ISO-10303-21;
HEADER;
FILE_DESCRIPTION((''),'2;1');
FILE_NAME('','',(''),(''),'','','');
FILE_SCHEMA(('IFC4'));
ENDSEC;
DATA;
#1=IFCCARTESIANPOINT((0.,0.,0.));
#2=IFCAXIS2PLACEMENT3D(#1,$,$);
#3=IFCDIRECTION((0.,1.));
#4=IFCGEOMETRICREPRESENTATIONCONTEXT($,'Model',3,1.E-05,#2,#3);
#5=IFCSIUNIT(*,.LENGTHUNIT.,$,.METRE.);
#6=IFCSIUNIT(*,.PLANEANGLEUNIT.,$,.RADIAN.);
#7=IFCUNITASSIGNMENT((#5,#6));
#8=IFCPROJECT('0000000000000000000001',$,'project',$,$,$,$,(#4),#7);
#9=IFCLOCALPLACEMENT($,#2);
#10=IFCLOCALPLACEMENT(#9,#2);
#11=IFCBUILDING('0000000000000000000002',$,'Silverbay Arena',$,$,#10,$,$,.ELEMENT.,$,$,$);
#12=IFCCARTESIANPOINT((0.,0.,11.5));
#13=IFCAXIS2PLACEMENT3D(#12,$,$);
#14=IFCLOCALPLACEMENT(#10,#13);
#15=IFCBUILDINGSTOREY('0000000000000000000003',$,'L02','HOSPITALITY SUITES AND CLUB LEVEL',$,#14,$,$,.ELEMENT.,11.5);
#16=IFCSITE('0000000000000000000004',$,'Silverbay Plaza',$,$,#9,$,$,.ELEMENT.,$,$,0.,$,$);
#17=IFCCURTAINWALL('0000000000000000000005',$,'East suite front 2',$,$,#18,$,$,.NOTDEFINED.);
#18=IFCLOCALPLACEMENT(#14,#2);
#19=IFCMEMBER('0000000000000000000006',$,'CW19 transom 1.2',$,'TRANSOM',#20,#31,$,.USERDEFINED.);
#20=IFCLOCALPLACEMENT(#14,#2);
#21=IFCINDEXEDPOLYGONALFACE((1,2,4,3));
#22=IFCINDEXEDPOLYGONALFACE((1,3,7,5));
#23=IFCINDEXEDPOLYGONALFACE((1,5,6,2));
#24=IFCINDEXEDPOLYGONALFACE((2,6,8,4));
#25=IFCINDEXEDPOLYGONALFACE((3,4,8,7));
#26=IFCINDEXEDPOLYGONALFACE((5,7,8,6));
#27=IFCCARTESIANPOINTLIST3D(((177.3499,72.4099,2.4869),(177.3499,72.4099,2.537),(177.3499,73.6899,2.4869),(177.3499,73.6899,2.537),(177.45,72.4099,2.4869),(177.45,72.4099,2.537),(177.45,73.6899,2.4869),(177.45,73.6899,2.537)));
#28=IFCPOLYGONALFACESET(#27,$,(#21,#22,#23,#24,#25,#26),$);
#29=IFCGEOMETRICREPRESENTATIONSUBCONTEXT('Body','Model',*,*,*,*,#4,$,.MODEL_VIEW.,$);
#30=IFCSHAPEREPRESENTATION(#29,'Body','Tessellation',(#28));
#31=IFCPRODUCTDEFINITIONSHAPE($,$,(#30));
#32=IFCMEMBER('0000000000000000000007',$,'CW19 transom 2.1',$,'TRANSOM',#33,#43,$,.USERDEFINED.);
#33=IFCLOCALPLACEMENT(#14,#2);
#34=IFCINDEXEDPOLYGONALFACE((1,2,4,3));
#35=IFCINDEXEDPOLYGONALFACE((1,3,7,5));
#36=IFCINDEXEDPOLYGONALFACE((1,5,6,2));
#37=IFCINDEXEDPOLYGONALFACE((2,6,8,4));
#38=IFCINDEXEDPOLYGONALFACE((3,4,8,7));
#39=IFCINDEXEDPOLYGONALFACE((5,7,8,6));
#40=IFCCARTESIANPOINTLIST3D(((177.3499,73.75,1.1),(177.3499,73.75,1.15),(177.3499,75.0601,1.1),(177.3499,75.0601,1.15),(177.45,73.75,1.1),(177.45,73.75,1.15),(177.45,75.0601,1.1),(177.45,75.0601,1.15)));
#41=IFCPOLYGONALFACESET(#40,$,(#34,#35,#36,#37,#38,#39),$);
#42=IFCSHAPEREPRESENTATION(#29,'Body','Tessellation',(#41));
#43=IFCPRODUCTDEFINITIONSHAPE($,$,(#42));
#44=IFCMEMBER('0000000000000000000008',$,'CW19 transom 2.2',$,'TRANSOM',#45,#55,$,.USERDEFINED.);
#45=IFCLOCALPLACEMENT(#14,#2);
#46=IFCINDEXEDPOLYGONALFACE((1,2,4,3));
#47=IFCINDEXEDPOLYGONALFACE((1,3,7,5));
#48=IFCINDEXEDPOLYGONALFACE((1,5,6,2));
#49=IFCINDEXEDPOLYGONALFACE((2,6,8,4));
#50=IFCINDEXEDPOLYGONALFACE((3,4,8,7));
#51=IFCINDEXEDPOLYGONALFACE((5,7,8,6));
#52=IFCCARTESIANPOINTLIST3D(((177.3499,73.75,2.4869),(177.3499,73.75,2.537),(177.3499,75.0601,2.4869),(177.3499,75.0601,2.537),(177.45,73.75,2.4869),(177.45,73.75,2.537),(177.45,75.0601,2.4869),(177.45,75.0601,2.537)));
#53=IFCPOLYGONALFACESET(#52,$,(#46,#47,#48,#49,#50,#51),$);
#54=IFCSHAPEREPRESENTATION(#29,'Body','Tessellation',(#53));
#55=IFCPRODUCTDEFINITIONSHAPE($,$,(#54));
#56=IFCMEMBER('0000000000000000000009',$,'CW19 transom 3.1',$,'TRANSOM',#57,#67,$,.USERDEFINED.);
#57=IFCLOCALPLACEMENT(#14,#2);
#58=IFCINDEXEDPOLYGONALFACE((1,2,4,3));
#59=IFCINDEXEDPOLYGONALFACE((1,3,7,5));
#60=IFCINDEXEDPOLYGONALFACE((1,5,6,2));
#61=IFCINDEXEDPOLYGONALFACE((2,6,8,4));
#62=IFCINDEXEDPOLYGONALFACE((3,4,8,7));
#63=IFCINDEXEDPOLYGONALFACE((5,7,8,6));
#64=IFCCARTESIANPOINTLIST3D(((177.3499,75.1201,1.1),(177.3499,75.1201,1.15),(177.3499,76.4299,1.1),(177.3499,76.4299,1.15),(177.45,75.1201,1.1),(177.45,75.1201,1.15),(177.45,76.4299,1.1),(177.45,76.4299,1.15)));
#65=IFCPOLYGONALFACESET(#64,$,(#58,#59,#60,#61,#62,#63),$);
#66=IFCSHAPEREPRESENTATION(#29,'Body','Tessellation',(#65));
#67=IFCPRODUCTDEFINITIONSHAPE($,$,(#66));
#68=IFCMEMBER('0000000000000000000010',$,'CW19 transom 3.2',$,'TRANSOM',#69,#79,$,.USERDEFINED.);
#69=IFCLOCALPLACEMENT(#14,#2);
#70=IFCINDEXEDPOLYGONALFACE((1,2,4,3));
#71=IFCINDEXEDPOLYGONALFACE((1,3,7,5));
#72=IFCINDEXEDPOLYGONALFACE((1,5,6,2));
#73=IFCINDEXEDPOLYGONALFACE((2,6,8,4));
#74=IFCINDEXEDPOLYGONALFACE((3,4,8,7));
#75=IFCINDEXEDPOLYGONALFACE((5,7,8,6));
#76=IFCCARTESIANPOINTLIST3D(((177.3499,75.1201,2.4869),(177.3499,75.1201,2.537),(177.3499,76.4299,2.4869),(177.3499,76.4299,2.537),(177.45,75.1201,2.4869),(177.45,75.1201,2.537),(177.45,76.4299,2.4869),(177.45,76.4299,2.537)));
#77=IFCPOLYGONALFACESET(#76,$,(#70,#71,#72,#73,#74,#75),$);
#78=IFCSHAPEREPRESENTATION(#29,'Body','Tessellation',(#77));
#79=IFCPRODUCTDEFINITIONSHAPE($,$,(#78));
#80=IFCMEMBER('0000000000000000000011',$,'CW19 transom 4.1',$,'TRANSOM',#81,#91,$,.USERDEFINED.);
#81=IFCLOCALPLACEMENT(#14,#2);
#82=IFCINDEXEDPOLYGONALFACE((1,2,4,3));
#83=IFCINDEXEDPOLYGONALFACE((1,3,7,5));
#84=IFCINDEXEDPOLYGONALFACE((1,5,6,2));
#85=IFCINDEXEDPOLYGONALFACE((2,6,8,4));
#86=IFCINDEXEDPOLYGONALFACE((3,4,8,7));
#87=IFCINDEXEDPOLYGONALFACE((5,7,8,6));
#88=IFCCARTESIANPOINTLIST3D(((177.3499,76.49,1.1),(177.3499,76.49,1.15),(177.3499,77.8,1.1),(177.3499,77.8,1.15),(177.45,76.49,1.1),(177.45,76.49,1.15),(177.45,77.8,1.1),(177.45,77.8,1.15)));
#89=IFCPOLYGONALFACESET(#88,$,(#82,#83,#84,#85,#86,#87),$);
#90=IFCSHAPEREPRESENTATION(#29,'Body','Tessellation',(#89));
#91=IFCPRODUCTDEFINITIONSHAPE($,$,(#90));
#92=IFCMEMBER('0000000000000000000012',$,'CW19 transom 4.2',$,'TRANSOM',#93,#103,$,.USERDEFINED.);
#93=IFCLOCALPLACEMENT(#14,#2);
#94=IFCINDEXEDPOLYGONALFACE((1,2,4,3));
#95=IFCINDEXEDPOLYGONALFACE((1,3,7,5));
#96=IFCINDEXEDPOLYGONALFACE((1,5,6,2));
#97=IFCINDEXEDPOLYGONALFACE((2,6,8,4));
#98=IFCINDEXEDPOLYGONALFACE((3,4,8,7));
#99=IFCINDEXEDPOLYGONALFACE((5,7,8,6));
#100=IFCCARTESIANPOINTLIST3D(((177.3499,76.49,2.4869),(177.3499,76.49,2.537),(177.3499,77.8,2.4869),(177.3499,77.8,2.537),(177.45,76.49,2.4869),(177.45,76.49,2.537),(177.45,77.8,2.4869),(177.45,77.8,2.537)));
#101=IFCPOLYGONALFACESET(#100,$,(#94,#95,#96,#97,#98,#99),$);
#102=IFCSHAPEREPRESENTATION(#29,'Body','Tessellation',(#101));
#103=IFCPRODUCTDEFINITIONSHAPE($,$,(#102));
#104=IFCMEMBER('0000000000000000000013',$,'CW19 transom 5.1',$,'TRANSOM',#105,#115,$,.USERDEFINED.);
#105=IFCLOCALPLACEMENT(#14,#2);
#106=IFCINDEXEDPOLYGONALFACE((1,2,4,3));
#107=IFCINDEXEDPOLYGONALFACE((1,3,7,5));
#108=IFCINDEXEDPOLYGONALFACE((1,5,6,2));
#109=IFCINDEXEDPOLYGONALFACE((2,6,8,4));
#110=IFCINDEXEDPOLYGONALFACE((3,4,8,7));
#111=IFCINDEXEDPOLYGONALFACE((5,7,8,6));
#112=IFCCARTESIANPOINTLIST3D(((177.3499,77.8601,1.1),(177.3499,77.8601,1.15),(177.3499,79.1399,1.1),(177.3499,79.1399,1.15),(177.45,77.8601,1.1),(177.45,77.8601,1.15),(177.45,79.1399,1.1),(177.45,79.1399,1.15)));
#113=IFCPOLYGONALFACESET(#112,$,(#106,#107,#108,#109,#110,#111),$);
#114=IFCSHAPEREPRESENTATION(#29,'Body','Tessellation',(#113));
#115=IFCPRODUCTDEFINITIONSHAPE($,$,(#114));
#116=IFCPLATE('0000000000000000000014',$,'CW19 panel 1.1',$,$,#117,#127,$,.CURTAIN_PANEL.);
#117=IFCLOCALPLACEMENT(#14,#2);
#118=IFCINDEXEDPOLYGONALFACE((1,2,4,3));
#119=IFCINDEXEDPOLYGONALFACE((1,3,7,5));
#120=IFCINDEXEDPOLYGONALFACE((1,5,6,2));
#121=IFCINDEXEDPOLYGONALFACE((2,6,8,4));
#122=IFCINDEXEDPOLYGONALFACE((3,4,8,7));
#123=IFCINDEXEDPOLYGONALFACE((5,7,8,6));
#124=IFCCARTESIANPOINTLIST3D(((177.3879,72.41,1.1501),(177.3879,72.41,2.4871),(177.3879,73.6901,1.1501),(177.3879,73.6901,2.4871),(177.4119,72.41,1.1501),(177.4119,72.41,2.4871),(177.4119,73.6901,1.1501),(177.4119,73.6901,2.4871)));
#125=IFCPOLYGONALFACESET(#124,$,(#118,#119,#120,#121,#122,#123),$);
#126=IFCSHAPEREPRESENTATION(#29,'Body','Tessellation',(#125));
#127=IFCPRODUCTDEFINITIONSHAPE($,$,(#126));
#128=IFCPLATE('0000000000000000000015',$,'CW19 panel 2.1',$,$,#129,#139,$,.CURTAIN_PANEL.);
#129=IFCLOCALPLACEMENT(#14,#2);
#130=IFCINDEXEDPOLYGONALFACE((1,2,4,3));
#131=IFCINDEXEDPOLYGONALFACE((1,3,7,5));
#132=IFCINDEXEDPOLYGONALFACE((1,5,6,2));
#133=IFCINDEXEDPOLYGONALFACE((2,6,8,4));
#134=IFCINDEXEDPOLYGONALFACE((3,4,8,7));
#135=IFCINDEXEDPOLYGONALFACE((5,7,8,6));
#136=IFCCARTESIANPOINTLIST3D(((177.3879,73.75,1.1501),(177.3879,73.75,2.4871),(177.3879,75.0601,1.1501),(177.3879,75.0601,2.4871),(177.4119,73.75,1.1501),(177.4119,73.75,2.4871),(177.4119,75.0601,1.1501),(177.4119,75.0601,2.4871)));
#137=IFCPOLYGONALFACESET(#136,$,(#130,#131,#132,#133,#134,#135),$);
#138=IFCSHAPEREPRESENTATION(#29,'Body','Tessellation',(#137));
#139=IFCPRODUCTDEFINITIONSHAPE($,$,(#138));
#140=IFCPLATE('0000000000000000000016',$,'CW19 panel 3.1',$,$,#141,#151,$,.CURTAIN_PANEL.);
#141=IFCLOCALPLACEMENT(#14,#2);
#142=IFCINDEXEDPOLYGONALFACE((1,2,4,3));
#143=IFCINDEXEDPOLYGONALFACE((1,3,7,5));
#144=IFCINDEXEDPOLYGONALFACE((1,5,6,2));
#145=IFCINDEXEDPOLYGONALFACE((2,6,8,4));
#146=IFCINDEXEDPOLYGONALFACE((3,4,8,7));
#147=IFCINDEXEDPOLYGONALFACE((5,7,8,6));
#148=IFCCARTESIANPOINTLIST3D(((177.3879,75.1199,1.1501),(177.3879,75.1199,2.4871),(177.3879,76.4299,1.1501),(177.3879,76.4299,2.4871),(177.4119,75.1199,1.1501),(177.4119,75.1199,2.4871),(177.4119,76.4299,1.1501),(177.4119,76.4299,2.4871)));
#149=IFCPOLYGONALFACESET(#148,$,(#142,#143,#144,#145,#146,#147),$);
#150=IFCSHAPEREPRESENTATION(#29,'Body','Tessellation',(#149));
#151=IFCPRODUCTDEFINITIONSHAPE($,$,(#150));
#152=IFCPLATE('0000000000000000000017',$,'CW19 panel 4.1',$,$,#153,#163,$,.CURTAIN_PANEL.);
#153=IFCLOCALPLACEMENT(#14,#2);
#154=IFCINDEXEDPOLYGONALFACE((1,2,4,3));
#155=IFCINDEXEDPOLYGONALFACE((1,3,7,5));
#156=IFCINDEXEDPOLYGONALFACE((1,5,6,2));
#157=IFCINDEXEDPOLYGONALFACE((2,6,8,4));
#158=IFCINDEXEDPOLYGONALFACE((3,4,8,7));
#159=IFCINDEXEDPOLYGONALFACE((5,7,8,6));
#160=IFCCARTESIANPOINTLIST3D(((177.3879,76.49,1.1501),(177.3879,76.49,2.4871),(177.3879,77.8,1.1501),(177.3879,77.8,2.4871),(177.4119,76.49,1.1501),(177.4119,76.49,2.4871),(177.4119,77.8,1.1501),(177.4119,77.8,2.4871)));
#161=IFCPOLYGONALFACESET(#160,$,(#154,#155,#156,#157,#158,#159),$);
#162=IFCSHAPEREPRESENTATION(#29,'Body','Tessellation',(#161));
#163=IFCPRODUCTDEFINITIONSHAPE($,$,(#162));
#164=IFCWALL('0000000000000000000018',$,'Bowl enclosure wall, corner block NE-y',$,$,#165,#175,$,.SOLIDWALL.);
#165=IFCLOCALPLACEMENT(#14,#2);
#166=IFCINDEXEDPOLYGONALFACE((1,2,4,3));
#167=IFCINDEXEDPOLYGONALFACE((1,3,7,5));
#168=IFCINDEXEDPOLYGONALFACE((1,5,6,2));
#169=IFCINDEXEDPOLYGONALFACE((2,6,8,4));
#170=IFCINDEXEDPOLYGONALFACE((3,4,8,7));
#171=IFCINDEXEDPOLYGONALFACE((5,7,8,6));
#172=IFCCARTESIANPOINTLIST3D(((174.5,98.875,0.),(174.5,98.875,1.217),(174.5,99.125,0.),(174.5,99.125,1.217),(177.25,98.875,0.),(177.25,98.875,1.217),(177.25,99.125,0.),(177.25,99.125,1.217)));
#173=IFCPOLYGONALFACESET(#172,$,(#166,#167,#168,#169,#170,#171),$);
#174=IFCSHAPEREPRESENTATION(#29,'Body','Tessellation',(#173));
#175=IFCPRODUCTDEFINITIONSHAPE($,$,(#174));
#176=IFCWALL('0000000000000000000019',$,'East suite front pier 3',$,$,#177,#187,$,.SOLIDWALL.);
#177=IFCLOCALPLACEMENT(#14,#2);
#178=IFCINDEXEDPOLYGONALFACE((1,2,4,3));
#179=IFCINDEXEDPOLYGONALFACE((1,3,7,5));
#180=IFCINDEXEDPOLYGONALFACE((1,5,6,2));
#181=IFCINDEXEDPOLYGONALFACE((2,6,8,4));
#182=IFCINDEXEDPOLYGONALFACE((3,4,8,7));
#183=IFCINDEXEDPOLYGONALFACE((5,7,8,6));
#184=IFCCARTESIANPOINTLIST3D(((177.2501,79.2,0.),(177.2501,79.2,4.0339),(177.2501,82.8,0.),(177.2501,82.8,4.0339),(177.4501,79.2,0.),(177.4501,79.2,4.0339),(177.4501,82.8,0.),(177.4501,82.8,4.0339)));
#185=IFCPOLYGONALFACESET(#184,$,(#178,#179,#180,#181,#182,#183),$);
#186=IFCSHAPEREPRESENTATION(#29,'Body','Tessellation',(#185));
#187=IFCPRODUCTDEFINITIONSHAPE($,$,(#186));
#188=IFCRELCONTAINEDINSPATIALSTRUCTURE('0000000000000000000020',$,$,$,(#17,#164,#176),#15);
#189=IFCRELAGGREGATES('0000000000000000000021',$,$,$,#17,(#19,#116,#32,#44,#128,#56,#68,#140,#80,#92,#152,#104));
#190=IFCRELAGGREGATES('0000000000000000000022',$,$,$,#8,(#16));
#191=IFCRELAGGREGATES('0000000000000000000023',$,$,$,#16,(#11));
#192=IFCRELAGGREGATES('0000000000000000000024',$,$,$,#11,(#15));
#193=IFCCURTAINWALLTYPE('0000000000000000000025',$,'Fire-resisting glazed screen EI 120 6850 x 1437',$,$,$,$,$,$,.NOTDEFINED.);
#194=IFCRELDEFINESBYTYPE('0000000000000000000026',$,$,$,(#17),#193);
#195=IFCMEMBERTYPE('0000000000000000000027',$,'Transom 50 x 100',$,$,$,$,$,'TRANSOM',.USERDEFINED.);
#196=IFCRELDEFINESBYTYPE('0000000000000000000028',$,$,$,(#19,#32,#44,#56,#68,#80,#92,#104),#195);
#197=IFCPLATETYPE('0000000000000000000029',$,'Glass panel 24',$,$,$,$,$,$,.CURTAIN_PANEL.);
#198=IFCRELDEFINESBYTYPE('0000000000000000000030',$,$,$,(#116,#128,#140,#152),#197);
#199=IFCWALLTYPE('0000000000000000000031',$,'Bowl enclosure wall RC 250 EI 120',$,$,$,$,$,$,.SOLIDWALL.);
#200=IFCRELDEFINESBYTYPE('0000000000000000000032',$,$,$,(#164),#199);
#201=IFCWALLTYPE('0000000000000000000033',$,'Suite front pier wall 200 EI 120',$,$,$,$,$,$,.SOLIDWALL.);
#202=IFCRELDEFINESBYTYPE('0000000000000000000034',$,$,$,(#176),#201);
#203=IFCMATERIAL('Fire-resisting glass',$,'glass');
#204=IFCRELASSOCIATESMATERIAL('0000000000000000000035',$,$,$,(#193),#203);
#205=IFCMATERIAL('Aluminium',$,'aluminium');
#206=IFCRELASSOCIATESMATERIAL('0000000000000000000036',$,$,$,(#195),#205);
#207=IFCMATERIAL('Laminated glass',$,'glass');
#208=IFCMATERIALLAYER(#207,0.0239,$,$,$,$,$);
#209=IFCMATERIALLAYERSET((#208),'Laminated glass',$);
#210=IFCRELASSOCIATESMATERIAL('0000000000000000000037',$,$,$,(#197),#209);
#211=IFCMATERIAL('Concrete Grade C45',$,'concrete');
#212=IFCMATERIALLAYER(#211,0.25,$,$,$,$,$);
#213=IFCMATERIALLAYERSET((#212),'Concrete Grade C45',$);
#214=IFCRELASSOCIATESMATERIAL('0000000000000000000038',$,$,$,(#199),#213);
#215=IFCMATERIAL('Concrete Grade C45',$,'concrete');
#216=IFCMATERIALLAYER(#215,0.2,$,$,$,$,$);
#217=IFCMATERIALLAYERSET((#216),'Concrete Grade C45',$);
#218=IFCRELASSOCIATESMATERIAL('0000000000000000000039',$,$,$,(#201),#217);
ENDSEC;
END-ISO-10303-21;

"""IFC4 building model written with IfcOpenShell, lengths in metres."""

from ifc_helpers import new_model, si_unit, direction, frame, frame_2d, origin, origin_2d, place, context, subcontext, project, spatial, rectangle, extrude, material, layer, layer_set, material_profile, profile_set, type_object, element, aggregate, save


model = new_model("IFC4")

# Units and contexts
model_context = context("Model", 3, precision=1e-05, world=origin(), true_north=direction((0.0, 1.0)))
body_context = subcontext(model_context, "Body", "Model", "MODEL_VIEW")
ifc_project = project(units=[si_unit("LENGTHUNIT", "METRE"), si_unit("PLANEANGLEUNIT", "RADIAN")], contexts=[model_context])

# Site, building, storey
site_placement = place(None, origin())
site = spatial("IfcSite", under=ifc_project, at=site_placement, Name="Silverbay Plaza", CompositionType="ELEMENT", RefElevation=0.0)
building_placement = place(site_placement, origin())
building = spatial("IfcBuilding", under=site, at=building_placement, Name="Silverbay Arena", CompositionType="ELEMENT")
storey_placement = place(building_placement, frame((0.0, 0.0, 11.5)))
storey = spatial("IfcBuildingStorey", under=building, at=storey_placement, Name="L02", Description="HOSPITALITY SUITES AND CLUB LEVEL", CompositionType="ELEMENT", Elevation=11.5)

# Curtain wall
ifc_material_1 = material(Name="Fire-resisting glass", Category="glass")
curtain_wall_type = type_object("IfcCurtainWallType", Name="Fire-resisting glazed screen EI 120 6850 x 1437", PredefinedType="NOTDEFINED", material=ifc_material_1)
curtain_wall_placement = place(storey_placement, origin())
curtain_wall = element("IfcCurtainWall", 1, at=curtain_wall_placement, inside=storey, type_object=curtain_wall_type, Name="East suite front 2", PredefinedType="NOTDEFINED")

# Members
ifc_material_2 = material(Name="Aluminium", Category="aluminium")
ifc_material_profile_1 = material_profile(ifc_material_2, rectangle(XDim=0.1001, YDim=0.05, at=origin_2d()), Name="Transom 50 x 100")
ifc_profile_set_1 = profile_set([ifc_material_profile_1], Name="Aluminium")
member_type_1 = type_object("IfcMemberType", Name="Transom 50 x 100", ElementType="TRANSOM", PredefinedType="USERDEFINED", material=ifc_profile_set_1)
member_1_placement = place(storey_placement, frame((177.3999, 72.4099, 2.512), z_axis=(0.0, 1.0, 0.0), x_axis=(-1.0, 0.0, 0.0)))
member_1 = element("IfcMember", 2, at=member_1_placement, type_object=member_type_1, Name="CW19 transom 1.2", ObjectType="TRANSOM", PredefinedType="USERDEFINED", context=body_context, shape_type="SweptSolid", body=[
    extrude(rectangle(XDim=0.1001, YDim=0.05, at=origin_2d()), origin(), (0.0, 0.0, 1.0), 1.28),
])
member_2_placement = place(storey_placement, frame((177.3999, 73.75, 1.125), z_axis=(0.0, 1.0, 0.0), x_axis=(-1.0, 0.0, 0.0)))
member_2 = element("IfcMember", 3, at=member_2_placement, type_object=member_type_1, Name="CW19 transom 2.1", ObjectType="TRANSOM", PredefinedType="USERDEFINED", context=body_context, shape_type="SweptSolid", body=[
    extrude(rectangle(XDim=0.1001, YDim=0.05, at=origin_2d()), origin(), (0.0, 0.0, 1.0), 1.3101),
])
member_3_placement = place(storey_placement, frame((177.3999, 73.75, 2.512), z_axis=(0.0, 1.0, 0.0), x_axis=(-1.0, 0.0, 0.0)))
member_3 = element("IfcMember", 4, at=member_3_placement, type_object=member_type_1, Name="CW19 transom 2.2", ObjectType="TRANSOM", PredefinedType="USERDEFINED", context=body_context, shape_type="SweptSolid", body=[
    extrude(rectangle(XDim=0.1001, YDim=0.05, at=origin_2d()), origin(), (0.0, 0.0, 1.0), 1.3101),
])
member_4_placement = place(storey_placement, frame((177.3999, 75.1201, 1.125), z_axis=(0.0, 1.0, 0.0), x_axis=(-1.0, 0.0, 0.0)))
member_4 = element("IfcMember", 5, at=member_4_placement, type_object=member_type_1, Name="CW19 transom 3.1", ObjectType="TRANSOM", PredefinedType="USERDEFINED", context=body_context, shape_type="SweptSolid", body=[
    extrude(rectangle(XDim=0.1001, YDim=0.05, at=origin_2d()), origin(), (0.0, 0.0, 1.0), 1.3098),
])
member_5_placement = place(storey_placement, frame((177.3999, 75.1201, 2.512), z_axis=(0.0, 1.0, 0.0), x_axis=(-1.0, 0.0, 0.0)))
member_5 = element("IfcMember", 6, at=member_5_placement, type_object=member_type_1, Name="CW19 transom 3.2", ObjectType="TRANSOM", PredefinedType="USERDEFINED", context=body_context, shape_type="SweptSolid", body=[
    extrude(rectangle(XDim=0.1001, YDim=0.05, at=origin_2d()), origin(), (0.0, 0.0, 1.0), 1.3098),
])
member_6_placement = place(storey_placement, frame((177.3999, 76.49, 1.125), z_axis=(0.0, 1.0, 0.0), x_axis=(-1.0, 0.0, 0.0)))
member_6 = element("IfcMember", 7, at=member_6_placement, type_object=member_type_1, Name="CW19 transom 4.1", ObjectType="TRANSOM", PredefinedType="USERDEFINED", context=body_context, shape_type="SweptSolid", body=[
    extrude(rectangle(XDim=0.1001, YDim=0.05, at=origin_2d()), origin(), (0.0, 0.0, 1.0), 1.3101),
])
member_7_placement = place(storey_placement, frame((177.3999, 76.49, 2.512), z_axis=(0.0, 1.0, 0.0), x_axis=(-1.0, 0.0, 0.0)))
member_7 = element("IfcMember", 8, at=member_7_placement, type_object=member_type_1, Name="CW19 transom 4.2", ObjectType="TRANSOM", PredefinedType="USERDEFINED", context=body_context, shape_type="SweptSolid", body=[
    extrude(rectangle(XDim=0.1001, YDim=0.05, at=origin_2d()), origin(), (0.0, 0.0, 1.0), 1.3101),
])
member_8_placement = place(storey_placement, frame((177.3999, 77.8601, 1.125), z_axis=(0.0, 1.0, 0.0), x_axis=(-1.0, 0.0, 0.0)))
member_8 = element("IfcMember", 9, at=member_8_placement, type_object=member_type_1, Name="CW19 transom 5.1", ObjectType="TRANSOM", PredefinedType="USERDEFINED", context=body_context, shape_type="SweptSolid", body=[
    extrude(rectangle(XDim=0.1001, YDim=0.05, at=origin_2d()), origin(), (0.0, 0.0, 1.0), 1.2798),
])

# Plates
ifc_material_3 = material(Name="Laminated glass", Category="glass")
ifc_layer_1 = layer(ifc_material_3, 0.0239)
ifc_layer_set_1 = layer_set([ifc_layer_1], Name="Laminated glass")
plate_type = type_object("IfcPlateType", Name="Glass panel 24", PredefinedType="CURTAIN_PANEL", material=ifc_layer_set_1)
plate_1_placement = place(storey_placement, frame((177.3999, 73.05, 1.1501), z_axis=(0.0, 0.0, 1.0), x_axis=(0.0, 1.0, 0.0)))
plate_1 = element("IfcPlate", 10, at=plate_1_placement, type_object=plate_type, Name="CW19 panel 1.1", PredefinedType="CURTAIN_PANEL", context=body_context, shape_type="SweptSolid", body=[
    extrude(rectangle(XDim=1.28, YDim=0.0239, at=origin_2d()), origin(), (0.0, 0.0, 1.0), 1.3369),
])
plate_2_placement = place(storey_placement, frame((177.3999, 74.405, 1.1501), z_axis=(0.0, 0.0, 1.0), x_axis=(0.0, 1.0, 0.0)))
plate_2 = element("IfcPlate", 11, at=plate_2_placement, type_object=plate_type, Name="CW19 panel 2.1", PredefinedType="CURTAIN_PANEL", context=body_context, shape_type="SweptSolid", body=[
    extrude(rectangle(XDim=1.3101, YDim=0.0239, at=origin_2d()), origin(), (0.0, 0.0, 1.0), 1.3369),
])
plate_3_placement = place(storey_placement, frame((177.3999, 75.7749, 1.1501), z_axis=(0.0, 0.0, 1.0), x_axis=(0.0, 1.0, 0.0)))
plate_3 = element("IfcPlate", 12, at=plate_3_placement, type_object=plate_type, Name="CW19 panel 3.1", PredefinedType="CURTAIN_PANEL", context=body_context, shape_type="SweptSolid", body=[
    extrude(rectangle(XDim=1.3101, YDim=0.0239, at=origin_2d()), origin(), (0.0, 0.0, 1.0), 1.3369),
])
plate_4_placement = place(storey_placement, frame((177.3999, 77.145, 1.1501), z_axis=(0.0, 0.0, 1.0), x_axis=(0.0, 1.0, 0.0)))
plate_4 = element("IfcPlate", 13, at=plate_4_placement, type_object=plate_type, Name="CW19 panel 4.1", PredefinedType="CURTAIN_PANEL", context=body_context, shape_type="SweptSolid", body=[
    extrude(rectangle(XDim=1.3101, YDim=0.0239, at=origin_2d()), origin(), (0.0, 0.0, 1.0), 1.3369),
])
aggregate(curtain_wall, [member_1, plate_1, member_2, member_3, plate_2, member_4, member_5, plate_3, member_6, member_7, plate_4, member_8])

# Walls
ifc_material_4 = material(Name="Concrete Grade C45", Category="concrete")
ifc_layer_2 = layer(ifc_material_4, 0.25)
ifc_layer_set_2 = layer_set([ifc_layer_2], Name="Concrete Grade C45")
wall_type_1 = type_object("IfcWallType", Name="Bowl enclosure wall RC 250 EI 120", PredefinedType="SOLIDWALL", material=ifc_layer_set_2)
wall_1_placement = place(storey_placement, frame((174.5, 99.0, 0.0), z_axis=(0.0, 0.0, 1.0), x_axis=(1.0, 0.0, 0.0)))
element("IfcWall", 14, at=wall_1_placement, inside=storey, type_object=wall_type_1, Name="Bowl enclosure wall, corner block NE-y", PredefinedType="SOLIDWALL", context=body_context, shape_type="SweptSolid", body=[
    extrude(rectangle(XDim=2.75, YDim=0.25, at=frame_2d((1.375, 0.0))), origin(), (0.0, 0.0, 1.0), 1.217),
])
ifc_material_5 = material(Name="Concrete Grade C45", Category="concrete")
ifc_layer_3 = layer(ifc_material_5, 0.2)
ifc_layer_set_3 = layer_set([ifc_layer_3], Name="Concrete Grade C45")
wall_type_2 = type_object("IfcWallType", Name="Suite front pier wall 200 EI 120", PredefinedType="SOLIDWALL", material=ifc_layer_set_3)
wall_2_placement = place(storey_placement, frame((177.3501, 79.2, 0.0), z_axis=(0.0, 0.0, 1.0), x_axis=(0.0, 1.0, 0.0)))
element("IfcWall", 15, at=wall_2_placement, inside=storey, type_object=wall_type_2, Name="East suite front pier 3", PredefinedType="SOLIDWALL", context=body_context, shape_type="SweptSolid", body=[
    extrude(rectangle(XDim=3.6001, YDim=0.2, at=frame_2d((1.8, 0.0))), origin(), (0.0, 0.0, 1.0), 4.0339),
])

save(model, "model.ifc")
